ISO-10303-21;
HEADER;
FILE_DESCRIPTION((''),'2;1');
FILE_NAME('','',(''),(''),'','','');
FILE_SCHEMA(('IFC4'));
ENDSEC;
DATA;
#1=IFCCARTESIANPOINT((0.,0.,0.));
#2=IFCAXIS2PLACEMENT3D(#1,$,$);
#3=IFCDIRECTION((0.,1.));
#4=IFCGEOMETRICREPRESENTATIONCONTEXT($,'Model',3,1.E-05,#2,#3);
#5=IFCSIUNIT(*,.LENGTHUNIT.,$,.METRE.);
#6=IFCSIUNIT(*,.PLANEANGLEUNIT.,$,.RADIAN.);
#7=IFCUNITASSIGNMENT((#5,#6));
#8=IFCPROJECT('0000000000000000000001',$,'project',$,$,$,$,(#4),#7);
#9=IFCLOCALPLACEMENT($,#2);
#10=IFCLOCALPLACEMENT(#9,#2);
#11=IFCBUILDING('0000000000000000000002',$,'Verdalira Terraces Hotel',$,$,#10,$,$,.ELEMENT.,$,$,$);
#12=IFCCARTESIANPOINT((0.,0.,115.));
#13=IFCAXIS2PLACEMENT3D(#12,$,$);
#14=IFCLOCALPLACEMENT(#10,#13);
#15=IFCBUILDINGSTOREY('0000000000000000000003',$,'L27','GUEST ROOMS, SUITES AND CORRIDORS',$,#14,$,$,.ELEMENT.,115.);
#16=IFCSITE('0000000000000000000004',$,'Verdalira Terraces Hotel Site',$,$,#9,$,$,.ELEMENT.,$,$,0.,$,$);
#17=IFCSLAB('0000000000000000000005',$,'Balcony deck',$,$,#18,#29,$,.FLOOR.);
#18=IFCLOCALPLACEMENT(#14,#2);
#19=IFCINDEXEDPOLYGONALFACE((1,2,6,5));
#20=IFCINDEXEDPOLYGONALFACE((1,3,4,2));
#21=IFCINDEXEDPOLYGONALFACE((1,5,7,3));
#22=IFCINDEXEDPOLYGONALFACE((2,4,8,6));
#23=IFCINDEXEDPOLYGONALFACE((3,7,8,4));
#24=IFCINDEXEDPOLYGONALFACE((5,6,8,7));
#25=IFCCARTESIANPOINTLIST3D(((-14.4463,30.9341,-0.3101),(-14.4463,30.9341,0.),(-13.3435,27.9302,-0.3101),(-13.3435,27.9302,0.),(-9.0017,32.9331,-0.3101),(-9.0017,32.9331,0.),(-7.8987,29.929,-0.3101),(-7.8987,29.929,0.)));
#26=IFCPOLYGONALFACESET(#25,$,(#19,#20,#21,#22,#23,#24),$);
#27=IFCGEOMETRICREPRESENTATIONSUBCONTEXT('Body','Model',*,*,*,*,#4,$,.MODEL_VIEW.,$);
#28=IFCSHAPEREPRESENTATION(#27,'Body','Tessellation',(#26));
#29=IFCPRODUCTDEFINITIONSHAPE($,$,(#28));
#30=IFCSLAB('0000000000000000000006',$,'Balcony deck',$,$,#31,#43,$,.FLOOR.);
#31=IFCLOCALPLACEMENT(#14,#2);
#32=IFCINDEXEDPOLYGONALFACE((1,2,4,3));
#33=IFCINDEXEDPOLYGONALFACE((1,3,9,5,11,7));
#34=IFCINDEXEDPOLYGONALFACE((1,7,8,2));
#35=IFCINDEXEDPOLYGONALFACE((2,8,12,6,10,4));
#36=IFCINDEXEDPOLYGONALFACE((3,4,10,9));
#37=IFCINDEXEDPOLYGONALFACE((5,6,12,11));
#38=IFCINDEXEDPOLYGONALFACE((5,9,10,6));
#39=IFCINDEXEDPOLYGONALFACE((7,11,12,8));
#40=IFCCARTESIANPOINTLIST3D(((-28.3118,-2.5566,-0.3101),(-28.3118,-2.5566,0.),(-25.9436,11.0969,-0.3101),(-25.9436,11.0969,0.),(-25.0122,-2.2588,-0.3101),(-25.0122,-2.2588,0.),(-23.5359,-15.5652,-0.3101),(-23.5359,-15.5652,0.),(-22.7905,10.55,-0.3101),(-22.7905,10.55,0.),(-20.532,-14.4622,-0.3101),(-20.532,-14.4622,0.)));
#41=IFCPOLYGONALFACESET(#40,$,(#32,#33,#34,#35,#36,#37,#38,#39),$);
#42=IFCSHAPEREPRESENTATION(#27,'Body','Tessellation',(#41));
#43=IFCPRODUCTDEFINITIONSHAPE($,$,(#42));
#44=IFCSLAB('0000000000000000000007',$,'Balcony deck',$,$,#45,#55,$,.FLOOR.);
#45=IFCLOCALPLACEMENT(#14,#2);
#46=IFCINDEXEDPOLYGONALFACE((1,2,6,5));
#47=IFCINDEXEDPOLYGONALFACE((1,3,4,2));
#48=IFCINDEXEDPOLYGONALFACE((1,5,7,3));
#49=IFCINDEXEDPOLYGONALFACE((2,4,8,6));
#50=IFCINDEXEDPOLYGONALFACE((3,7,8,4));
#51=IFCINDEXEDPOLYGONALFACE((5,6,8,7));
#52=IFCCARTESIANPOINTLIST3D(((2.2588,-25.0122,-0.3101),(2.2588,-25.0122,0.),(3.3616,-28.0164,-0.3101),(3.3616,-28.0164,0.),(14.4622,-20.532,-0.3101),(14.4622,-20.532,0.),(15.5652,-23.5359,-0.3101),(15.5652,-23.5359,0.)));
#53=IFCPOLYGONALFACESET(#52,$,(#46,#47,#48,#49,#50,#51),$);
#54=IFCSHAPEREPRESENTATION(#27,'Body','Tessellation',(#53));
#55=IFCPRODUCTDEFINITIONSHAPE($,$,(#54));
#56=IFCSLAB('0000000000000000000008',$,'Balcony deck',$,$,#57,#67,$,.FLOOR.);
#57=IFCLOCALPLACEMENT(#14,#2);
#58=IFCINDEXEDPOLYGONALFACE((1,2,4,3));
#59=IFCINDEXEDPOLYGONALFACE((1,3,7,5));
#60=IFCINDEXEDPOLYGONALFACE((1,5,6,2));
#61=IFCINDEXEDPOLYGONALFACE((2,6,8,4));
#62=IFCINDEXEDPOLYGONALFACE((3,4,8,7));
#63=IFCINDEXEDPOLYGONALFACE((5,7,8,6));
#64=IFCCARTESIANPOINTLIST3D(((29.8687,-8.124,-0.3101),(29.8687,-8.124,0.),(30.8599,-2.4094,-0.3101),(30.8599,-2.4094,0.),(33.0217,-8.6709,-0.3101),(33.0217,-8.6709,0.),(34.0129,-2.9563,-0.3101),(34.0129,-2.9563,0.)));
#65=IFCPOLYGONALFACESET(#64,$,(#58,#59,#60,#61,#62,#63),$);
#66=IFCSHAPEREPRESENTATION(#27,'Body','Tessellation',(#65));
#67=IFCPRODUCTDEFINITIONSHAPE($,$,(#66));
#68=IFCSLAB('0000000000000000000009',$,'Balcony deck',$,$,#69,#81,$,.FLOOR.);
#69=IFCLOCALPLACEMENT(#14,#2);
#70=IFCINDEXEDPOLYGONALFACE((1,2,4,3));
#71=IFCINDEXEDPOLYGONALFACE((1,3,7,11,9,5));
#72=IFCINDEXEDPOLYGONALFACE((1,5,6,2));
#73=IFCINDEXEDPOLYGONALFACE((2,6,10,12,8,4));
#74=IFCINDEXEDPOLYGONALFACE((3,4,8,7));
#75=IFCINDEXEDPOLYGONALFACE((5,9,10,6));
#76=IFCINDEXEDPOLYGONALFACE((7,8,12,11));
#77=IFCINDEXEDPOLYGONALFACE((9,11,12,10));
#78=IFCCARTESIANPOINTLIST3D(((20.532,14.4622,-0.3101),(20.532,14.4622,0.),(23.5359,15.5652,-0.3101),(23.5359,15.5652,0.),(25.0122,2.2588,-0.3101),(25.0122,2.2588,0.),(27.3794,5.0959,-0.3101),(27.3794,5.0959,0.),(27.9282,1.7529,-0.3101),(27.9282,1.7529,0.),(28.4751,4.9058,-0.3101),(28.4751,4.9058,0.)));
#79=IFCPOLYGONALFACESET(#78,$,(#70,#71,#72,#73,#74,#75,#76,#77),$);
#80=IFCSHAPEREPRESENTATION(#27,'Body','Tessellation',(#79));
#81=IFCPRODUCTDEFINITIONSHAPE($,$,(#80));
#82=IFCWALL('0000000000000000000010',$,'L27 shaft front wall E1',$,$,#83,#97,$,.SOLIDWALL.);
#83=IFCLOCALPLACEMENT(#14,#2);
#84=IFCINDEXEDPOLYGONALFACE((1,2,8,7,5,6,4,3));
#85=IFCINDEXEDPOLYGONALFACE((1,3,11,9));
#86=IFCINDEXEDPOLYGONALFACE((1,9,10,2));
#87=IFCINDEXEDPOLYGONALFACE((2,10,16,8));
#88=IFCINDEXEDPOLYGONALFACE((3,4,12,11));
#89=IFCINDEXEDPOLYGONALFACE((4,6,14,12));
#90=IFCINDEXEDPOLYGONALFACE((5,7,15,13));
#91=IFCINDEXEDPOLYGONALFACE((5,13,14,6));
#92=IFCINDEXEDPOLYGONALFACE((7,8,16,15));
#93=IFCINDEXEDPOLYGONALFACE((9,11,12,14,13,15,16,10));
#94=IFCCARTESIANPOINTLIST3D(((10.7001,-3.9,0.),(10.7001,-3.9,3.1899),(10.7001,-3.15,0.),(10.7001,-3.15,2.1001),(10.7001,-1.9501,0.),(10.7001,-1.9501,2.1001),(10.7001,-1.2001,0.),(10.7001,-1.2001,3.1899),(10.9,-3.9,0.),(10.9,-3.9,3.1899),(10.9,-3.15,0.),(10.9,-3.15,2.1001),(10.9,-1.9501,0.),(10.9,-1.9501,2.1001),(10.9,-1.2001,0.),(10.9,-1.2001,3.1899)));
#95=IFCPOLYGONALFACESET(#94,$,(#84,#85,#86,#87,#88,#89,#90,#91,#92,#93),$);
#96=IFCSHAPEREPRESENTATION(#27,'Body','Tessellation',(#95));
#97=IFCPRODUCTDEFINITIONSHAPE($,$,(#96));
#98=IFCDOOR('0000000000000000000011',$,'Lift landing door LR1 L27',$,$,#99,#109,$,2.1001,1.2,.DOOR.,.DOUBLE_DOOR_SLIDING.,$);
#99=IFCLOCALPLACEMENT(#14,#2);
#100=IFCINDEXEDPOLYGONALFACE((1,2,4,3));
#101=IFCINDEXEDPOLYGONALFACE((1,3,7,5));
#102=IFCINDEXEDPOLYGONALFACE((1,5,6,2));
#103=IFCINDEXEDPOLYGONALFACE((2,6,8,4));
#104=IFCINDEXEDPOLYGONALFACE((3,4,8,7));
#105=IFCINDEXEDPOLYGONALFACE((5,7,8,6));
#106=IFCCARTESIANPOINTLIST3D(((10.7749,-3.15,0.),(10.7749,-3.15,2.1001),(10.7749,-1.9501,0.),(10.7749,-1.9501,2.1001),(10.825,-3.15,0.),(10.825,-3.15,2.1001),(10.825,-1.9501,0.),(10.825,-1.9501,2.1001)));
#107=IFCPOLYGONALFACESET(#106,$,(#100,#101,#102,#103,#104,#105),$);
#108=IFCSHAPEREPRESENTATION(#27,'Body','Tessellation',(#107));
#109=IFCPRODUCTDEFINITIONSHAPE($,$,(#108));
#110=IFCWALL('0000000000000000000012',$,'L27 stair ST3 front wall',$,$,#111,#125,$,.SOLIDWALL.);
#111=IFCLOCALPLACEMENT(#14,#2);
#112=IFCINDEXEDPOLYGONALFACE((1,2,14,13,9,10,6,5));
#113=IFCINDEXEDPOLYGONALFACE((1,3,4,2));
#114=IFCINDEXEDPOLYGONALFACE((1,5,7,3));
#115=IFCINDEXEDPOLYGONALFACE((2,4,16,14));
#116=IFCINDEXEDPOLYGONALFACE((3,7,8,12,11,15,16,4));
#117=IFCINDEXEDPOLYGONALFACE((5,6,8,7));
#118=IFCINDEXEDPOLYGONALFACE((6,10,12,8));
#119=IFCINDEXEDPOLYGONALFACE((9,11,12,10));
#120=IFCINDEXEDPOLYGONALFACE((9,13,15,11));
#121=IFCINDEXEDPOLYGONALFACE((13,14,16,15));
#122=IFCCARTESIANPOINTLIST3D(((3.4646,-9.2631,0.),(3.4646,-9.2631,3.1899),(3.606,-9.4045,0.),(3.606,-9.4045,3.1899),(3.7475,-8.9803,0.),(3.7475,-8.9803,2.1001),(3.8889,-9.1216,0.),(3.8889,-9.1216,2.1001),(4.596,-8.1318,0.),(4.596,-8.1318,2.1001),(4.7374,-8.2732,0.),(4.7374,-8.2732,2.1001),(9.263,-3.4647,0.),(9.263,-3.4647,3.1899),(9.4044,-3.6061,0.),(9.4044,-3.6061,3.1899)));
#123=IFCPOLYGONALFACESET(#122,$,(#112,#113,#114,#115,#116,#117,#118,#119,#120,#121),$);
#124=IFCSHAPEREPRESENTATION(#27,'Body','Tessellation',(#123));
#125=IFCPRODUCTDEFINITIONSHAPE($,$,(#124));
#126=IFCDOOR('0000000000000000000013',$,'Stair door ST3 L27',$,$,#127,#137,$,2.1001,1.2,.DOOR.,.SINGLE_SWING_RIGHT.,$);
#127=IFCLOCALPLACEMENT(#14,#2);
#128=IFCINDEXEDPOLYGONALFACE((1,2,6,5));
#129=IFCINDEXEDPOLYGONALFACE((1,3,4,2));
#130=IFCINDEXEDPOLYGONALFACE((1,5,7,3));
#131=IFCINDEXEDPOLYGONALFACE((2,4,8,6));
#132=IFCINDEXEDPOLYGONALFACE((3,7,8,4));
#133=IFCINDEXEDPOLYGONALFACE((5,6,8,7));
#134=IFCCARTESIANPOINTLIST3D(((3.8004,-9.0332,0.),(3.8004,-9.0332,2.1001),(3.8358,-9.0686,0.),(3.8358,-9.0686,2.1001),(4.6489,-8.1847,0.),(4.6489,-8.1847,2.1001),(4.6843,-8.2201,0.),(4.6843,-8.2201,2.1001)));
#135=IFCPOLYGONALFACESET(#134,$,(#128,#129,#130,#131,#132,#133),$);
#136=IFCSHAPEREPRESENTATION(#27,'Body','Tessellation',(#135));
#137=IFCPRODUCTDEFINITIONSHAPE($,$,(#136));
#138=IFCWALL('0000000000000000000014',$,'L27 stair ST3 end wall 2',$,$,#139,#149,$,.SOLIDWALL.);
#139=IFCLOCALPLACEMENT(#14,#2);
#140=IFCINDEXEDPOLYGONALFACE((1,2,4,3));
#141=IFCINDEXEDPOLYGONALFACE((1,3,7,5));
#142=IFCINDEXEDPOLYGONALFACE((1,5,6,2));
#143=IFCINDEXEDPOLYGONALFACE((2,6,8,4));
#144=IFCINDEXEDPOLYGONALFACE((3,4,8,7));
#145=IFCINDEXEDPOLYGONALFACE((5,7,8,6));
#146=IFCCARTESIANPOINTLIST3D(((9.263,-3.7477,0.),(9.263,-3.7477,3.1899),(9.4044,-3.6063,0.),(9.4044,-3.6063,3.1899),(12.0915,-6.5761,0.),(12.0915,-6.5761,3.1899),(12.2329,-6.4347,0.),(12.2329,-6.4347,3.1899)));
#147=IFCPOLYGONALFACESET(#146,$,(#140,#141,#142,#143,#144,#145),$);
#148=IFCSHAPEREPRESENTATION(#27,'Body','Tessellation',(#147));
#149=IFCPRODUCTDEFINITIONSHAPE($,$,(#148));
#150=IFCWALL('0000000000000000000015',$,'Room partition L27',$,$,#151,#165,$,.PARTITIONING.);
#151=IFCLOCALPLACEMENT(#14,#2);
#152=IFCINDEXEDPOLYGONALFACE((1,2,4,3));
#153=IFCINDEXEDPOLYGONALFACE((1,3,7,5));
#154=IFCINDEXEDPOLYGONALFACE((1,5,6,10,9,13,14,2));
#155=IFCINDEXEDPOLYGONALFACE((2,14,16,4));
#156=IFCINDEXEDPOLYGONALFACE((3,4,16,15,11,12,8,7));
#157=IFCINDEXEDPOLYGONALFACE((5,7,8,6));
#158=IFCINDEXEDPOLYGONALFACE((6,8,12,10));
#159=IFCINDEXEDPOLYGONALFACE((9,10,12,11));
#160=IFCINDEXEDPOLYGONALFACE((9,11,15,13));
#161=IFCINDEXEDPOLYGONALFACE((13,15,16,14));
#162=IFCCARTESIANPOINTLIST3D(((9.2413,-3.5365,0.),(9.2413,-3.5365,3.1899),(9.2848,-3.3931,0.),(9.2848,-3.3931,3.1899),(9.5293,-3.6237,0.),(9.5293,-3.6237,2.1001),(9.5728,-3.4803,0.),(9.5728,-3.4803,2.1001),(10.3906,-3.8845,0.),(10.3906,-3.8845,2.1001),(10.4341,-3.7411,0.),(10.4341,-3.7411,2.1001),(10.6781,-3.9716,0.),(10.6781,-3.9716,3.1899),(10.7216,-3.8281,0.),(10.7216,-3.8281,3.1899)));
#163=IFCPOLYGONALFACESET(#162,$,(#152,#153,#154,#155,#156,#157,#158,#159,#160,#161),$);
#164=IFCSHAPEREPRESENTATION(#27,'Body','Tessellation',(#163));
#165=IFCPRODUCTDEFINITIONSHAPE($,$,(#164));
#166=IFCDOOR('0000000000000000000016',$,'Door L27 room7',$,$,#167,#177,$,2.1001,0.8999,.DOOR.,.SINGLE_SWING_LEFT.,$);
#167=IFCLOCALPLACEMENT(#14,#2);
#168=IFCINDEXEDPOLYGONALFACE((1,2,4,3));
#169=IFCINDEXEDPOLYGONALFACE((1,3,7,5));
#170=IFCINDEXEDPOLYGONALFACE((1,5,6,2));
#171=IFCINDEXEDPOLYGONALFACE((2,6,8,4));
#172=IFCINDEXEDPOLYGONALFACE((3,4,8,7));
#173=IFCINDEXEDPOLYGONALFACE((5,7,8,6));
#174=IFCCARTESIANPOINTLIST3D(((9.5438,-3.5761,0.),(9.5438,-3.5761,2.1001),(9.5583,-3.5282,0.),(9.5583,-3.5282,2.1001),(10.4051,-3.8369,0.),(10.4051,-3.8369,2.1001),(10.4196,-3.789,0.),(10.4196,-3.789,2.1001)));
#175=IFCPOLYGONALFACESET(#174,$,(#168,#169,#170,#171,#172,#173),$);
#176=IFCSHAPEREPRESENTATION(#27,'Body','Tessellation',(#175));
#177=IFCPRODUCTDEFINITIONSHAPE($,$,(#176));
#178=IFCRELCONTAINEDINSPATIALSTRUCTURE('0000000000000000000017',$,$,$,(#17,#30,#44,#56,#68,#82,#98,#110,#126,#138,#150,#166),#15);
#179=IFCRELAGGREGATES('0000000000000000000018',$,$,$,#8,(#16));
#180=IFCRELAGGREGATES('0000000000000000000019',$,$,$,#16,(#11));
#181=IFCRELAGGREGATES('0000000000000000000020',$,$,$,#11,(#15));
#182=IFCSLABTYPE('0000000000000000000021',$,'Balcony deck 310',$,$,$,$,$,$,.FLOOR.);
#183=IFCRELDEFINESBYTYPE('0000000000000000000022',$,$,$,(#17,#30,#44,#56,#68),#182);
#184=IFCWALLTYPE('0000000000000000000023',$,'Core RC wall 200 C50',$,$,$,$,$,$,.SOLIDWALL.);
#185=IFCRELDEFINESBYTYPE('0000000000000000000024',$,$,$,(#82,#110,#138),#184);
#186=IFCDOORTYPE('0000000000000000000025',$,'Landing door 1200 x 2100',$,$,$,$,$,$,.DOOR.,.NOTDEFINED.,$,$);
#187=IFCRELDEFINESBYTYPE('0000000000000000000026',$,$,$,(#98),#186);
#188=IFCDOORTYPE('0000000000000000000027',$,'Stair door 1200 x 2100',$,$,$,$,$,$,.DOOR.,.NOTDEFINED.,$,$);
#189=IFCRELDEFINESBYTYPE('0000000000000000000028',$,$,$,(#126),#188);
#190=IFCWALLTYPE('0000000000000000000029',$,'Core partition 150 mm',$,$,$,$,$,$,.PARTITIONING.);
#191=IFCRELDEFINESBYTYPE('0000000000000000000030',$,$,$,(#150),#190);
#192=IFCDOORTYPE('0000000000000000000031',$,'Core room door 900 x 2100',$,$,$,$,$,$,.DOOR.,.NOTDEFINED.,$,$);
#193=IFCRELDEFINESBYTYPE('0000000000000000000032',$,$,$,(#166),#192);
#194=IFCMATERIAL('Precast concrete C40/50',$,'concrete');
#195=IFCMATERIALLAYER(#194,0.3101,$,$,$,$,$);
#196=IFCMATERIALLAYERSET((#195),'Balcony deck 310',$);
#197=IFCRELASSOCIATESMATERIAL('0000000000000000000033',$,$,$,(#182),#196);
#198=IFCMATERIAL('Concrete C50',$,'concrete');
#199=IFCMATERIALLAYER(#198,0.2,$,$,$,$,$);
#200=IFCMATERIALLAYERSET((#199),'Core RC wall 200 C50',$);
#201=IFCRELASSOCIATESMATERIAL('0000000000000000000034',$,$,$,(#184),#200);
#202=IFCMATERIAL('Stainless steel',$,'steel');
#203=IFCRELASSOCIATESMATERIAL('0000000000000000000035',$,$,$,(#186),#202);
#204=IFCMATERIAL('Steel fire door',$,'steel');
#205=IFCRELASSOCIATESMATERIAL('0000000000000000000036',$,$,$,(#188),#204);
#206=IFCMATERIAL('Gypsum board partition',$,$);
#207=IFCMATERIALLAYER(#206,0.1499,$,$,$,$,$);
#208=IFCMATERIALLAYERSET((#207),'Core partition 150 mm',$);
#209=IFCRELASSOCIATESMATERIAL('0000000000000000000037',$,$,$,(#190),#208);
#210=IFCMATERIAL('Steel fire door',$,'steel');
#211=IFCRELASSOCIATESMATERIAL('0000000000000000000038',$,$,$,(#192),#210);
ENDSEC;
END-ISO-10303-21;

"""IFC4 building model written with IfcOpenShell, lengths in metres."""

from ifc_helpers import new_model, si_unit, direction, frame, frame_2d, origin, place, context, subcontext, project, spatial, polyline, rectangle, outline, extrude, material, layer, layer_set, type_object, element, fill, save


model = new_model("IFC4")

# Units and contexts
model_context = context("Model", 3, precision=1e-05, world=origin(), true_north=direction((0.0, 1.0)))
body_context = subcontext(model_context, "Body", "Model", "MODEL_VIEW")
ifc_project = project(units=[si_unit("LENGTHUNIT", "METRE"), si_unit("PLANEANGLEUNIT", "RADIAN")], contexts=[model_context])

# Site, building, storey
site_placement = place(None, origin())
site = spatial("IfcSite", under=ifc_project, at=site_placement, Name="Verdalira Terraces Hotel Site", CompositionType="ELEMENT", RefElevation=0.0)
building_placement = place(site_placement, origin())
building = spatial("IfcBuilding", under=site, at=building_placement, Name="Verdalira Terraces Hotel", CompositionType="ELEMENT")
storey_placement = place(building_placement, frame((0.0, 0.0, 115.0)))
storey = spatial("IfcBuildingStorey", under=building, at=storey_placement, Name="L27", Description="GUEST ROOMS, SUITES AND CORRIDORS", CompositionType="ELEMENT", Elevation=115.0)

# Slabs
ifc_material_1 = material(Name="Precast concrete C40/50", Category="concrete")
ifc_layer_1 = layer(ifc_material_1, 0.3101)
ifc_layer_set_1 = layer_set([ifc_layer_1], Name="Balcony deck 310")
slab_type = type_object("IfcSlabType", Name="Balcony deck 310", PredefinedType="FLOOR", material=ifc_layer_set_1)
slab_1_placement = place(storey_placement, frame((0.0, 0.0, -0.3101)))
element("IfcSlab", 1, at=slab_1_placement, inside=storey, type_object=slab_type, Name="Balcony deck", PredefinedType="FLOOR", context=body_context, shape_type="SweptSolid", body=[
    extrude(outline(polyline([(-14.4463, 30.9341), (-13.3435, 27.9302), (-7.8987, 29.929), (-9.0017, 32.9331), (-14.4463, 30.9341)])), origin(), (0.0, 0.0, 1.0), 0.3101),
])
slab_2_placement = place(storey_placement, frame((0.0, 0.0, -0.3101)))
element("IfcSlab", 2, at=slab_2_placement, inside=storey, type_object=slab_type, Name="Balcony deck", PredefinedType="FLOOR", context=body_context, shape_type="SweptSolid", body=[
    extrude(outline(polyline([(-28.3118, -2.5566), (-23.5359, -15.5652), (-20.532, -14.4622), (-25.0122, -2.2588), (-22.7905, 10.55), (-25.9436, 11.0969), (-28.3118, -2.5566)])), origin(), (0.0, 0.0, 1.0), 0.3101),
])
slab_3_placement = place(storey_placement, frame((0.0, 0.0, -0.3101)))
element("IfcSlab", 3, at=slab_3_placement, inside=storey, type_object=slab_type, Name="Balcony deck", PredefinedType="FLOOR", context=body_context, shape_type="SweptSolid", body=[
    extrude(outline(polyline([(15.5652, -23.5359), (14.4622, -20.532), (2.2588, -25.0122), (3.3616, -28.0164), (15.5652, -23.5359)])), origin(), (0.0, 0.0, 1.0), 0.3101),
])
slab_4_placement = place(storey_placement, frame((0.0, 0.0, -0.3101)))
element("IfcSlab", 4, at=slab_4_placement, inside=storey, type_object=slab_type, Name="Balcony deck", PredefinedType="FLOOR", context=body_context, shape_type="SweptSolid", body=[
    extrude(outline(polyline([(34.0129, -2.9563), (30.8599, -2.4094), (29.8687, -8.124), (33.0217, -8.6709), (34.0129, -2.9563)])), origin(), (0.0, 0.0, 1.0), 0.3101),
])
slab_5_placement = place(storey_placement, frame((0.0, 0.0, -0.3101)))
element("IfcSlab", 5, at=slab_5_placement, inside=storey, type_object=slab_type, Name="Balcony deck", PredefinedType="FLOOR", context=body_context, shape_type="SweptSolid", body=[
    extrude(outline(polyline([(23.5359, 15.5652), (20.532, 14.4622), (25.0122, 2.2588), (27.9282, 1.7529), (28.4751, 4.9058), (27.3794, 5.0959), (23.5359, 15.5652)])), origin(), (0.0, 0.0, 1.0), 0.3101),
])

# Walls, openings, doors
ifc_material_2 = material(Name="Concrete C50", Category="concrete")
ifc_layer_2 = layer(ifc_material_2, 0.2)
ifc_layer_set_2 = layer_set([ifc_layer_2], Name="Core RC wall 200 C50")
wall_type_1 = type_object("IfcWallType", Name="Core RC wall 200 C50", PredefinedType="SOLIDWALL", material=ifc_layer_set_2)
wall_1_placement = place(storey_placement, frame((10.8, -1.2, 0.0), z_axis=(0.0, 0.0, 1.0), x_axis=(0.0, -1.0, 0.0)))
wall_1 = element("IfcWall", 6, at=wall_1_placement, inside=storey, type_object=wall_type_1, Name="L27 shaft front wall E1", PredefinedType="SOLIDWALL", context=body_context, shape_type="SweptSolid", body=[
    extrude(rectangle(XDim=2.7, YDim=0.2, at=frame_2d((1.3501, 0.0))), origin(), (0.0, 0.0, 1.0), 3.1899),
])
opening_1_placement = place(wall_1_placement, frame((0.75, 0.0, 0.0)))
opening_1 = element("IfcOpeningElement", 7, at=opening_1_placement, cuts=wall_1, PredefinedType="OPENING", context=body_context, shape_type="SweptSolid", body=[
    extrude(rectangle(XDim=1.2, YDim=2.1001, at=frame_2d((0.6001, 1.05))), frame((0.0, 0.1099, 0.0), z_axis=(0.0, -1.0, 0.0), x_axis=(1.0, 0.0, 0.0)), (0.0, 0.0, 1.0), 0.22),
])
ifc_material_3 = material(Name="Stainless steel", Category="steel")
door_type_1 = type_object("IfcDoorType", Name="Landing door 1200 x 2100", OperationType="NOTDEFINED", PredefinedType="DOOR", material=ifc_material_3)
door_1_placement = place(opening_1_placement, origin())
door_1 = element("IfcDoor", 8, at=door_1_placement, inside=storey, type_object=door_type_1, Name="Lift landing door LR1 L27", OperationType="DOUBLE_DOOR_SLIDING", OverallHeight=2.1001, OverallWidth=1.2, PredefinedType="DOOR", context=body_context, shape_type="SweptSolid", body=[
    extrude(rectangle(XDim=1.2, YDim=2.1001, at=frame_2d((0.6001, 1.05))), frame((0.0, 0.0249, 0.0), z_axis=(0.0, -1.0, 0.0), x_axis=(1.0, 0.0, 0.0)), (0.0, 0.0, 1.0), 0.05),
])
fill(opening_1, door_1)
wall_2_placement = place(storey_placement, frame((9.3337, -3.5354, 0.0), z_axis=(0.0, 0.0, 1.0), x_axis=(-0.707107, -0.707107, 0.0)))
wall_2 = element("IfcWall", 9, at=wall_2_placement, inside=storey, type_object=wall_type_1, Name="L27 stair ST3 front wall", PredefinedType="SOLIDWALL", context=body_context, shape_type="SweptSolid", body=[
    extrude(rectangle(XDim=8.2002, YDim=0.2, at=frame_2d((4.1001, 0.0))), origin(), (0.0, 0.0, 1.0), 3.1899),
])
opening_2_placement = place(wall_2_placement, frame((6.6001, 0.0, 0.0)))
opening_2 = element("IfcOpeningElement", 10, at=opening_2_placement, cuts=wall_2, PredefinedType="OPENING", context=body_context, shape_type="SweptSolid", body=[
    extrude(rectangle(XDim=1.2, YDim=2.1001, at=frame_2d((0.6001, 1.05))), frame((0.0, 0.1099, 0.0), z_axis=(0.0, -1.0, 0.0), x_axis=(1.0, 0.0, 0.0)), (0.0, 0.0, 1.0), 0.22),
])
ifc_material_4 = material(Name="Steel fire door", Category="steel")
door_type_2 = type_object("IfcDoorType", Name="Stair door 1200 x 2100", OperationType="NOTDEFINED", PredefinedType="DOOR", material=ifc_material_4)
door_2_placement = place(opening_2_placement, origin())
door_2 = element("IfcDoor", 11, at=door_2_placement, inside=storey, type_object=door_type_2, Name="Stair door ST3 L27", OperationType="SINGLE_SWING_RIGHT", OverallHeight=2.1001, OverallWidth=1.2, PredefinedType="DOOR", context=body_context, shape_type="SweptSolid", body=[
    extrude(rectangle(XDim=1.2, YDim=2.1001, at=frame_2d((0.6001, 1.05))), frame((0.0, 0.0249, 0.0), z_axis=(0.0, -1.0, 0.0), x_axis=(1.0, 0.0, 0.0)), (0.0, 0.0, 1.0), 0.05),
])
fill(opening_2, door_2)

# Wall
wall_3_placement = place(storey_placement, frame((9.3337, -3.677, 0.0), z_axis=(0.0, 0.0, 1.0), x_axis=(0.707107, -0.707107, 0.0)))
element("IfcWall", 12, at=wall_3_placement, inside=storey, type_object=wall_type_1, Name="L27 stair ST3 end wall 2", PredefinedType="SOLIDWALL", context=body_context, shape_type="SweptSolid", body=[
    extrude(rectangle(XDim=4.0, YDim=0.2, at=frame_2d((2.0, 0.0))), origin(), (0.0, 0.0, 1.0), 3.1899),
])

# Wall, opening, door
ifc_material_5 = material(Name="Gypsum board partition")
ifc_layer_3 = layer(ifc_material_5, 0.1499)
ifc_layer_set_3 = layer_set([ifc_layer_3], Name="Core partition 150 mm")
wall_type_2 = type_object("IfcWallType", Name="Core partition 150 mm", PredefinedType="PARTITIONING", material=ifc_layer_set_3)
wall_4_placement = place(storey_placement, frame((9.2632, -3.4648, 0.0), z_axis=(0.0, 0.0, 1.0), x_axis=(0.957085, -0.289809, 0.0)))
wall_4 = element("IfcWall", 13, at=wall_4_placement, inside=storey, type_object=wall_type_2, Name="Room partition L27", PredefinedType="PARTITIONING", context=body_context, shape_type="SweptSolid", body=[
    extrude(rectangle(XDim=1.5012, YDim=0.1499, at=frame_2d((0.7505, 0.0))), origin(), (0.0, 0.0, 1.0), 3.1899),
])
opening_3_placement = place(wall_4_placement, frame((0.3008, 0.0, 0.0)))
opening_3 = element("IfcOpeningElement", 14, at=opening_3_placement, cuts=wall_4, PredefinedType="OPENING", context=body_context, shape_type="SweptSolid", body=[
    extrude(rectangle(XDim=0.8999, YDim=2.1001, at=frame_2d((0.45, 1.05))), frame((0.0, 0.085, 0.0), z_axis=(0.0, -1.0, 0.0), x_axis=(1.0, 0.0, 0.0)), (0.0, 0.0, 1.0), 0.1699),
])
ifc_material_6 = material(Name="Steel fire door", Category="steel")
door_type_3 = type_object("IfcDoorType", Name="Core room door 900 x 2100", OperationType="NOTDEFINED", PredefinedType="DOOR", material=ifc_material_6)
door_3_placement = place(opening_3_placement, origin())
door_3 = element("IfcDoor", 15, at=door_3_placement, inside=storey, type_object=door_type_3, Name="Door L27 room7", OperationType="SINGLE_SWING_LEFT", OverallHeight=2.1001, OverallWidth=0.8999, PredefinedType="DOOR", context=body_context, shape_type="SweptSolid", body=[
    extrude(rectangle(XDim=0.8999, YDim=2.1001, at=frame_2d((0.45, 1.05))), frame((0.0, 0.0249, 0.0), z_axis=(0.0, -1.0, 0.0), x_axis=(1.0, 0.0, 0.0)), (0.0, 0.0, 1.0), 0.05),
])
fill(opening_3, door_3)

save(model, "model.ifc")
